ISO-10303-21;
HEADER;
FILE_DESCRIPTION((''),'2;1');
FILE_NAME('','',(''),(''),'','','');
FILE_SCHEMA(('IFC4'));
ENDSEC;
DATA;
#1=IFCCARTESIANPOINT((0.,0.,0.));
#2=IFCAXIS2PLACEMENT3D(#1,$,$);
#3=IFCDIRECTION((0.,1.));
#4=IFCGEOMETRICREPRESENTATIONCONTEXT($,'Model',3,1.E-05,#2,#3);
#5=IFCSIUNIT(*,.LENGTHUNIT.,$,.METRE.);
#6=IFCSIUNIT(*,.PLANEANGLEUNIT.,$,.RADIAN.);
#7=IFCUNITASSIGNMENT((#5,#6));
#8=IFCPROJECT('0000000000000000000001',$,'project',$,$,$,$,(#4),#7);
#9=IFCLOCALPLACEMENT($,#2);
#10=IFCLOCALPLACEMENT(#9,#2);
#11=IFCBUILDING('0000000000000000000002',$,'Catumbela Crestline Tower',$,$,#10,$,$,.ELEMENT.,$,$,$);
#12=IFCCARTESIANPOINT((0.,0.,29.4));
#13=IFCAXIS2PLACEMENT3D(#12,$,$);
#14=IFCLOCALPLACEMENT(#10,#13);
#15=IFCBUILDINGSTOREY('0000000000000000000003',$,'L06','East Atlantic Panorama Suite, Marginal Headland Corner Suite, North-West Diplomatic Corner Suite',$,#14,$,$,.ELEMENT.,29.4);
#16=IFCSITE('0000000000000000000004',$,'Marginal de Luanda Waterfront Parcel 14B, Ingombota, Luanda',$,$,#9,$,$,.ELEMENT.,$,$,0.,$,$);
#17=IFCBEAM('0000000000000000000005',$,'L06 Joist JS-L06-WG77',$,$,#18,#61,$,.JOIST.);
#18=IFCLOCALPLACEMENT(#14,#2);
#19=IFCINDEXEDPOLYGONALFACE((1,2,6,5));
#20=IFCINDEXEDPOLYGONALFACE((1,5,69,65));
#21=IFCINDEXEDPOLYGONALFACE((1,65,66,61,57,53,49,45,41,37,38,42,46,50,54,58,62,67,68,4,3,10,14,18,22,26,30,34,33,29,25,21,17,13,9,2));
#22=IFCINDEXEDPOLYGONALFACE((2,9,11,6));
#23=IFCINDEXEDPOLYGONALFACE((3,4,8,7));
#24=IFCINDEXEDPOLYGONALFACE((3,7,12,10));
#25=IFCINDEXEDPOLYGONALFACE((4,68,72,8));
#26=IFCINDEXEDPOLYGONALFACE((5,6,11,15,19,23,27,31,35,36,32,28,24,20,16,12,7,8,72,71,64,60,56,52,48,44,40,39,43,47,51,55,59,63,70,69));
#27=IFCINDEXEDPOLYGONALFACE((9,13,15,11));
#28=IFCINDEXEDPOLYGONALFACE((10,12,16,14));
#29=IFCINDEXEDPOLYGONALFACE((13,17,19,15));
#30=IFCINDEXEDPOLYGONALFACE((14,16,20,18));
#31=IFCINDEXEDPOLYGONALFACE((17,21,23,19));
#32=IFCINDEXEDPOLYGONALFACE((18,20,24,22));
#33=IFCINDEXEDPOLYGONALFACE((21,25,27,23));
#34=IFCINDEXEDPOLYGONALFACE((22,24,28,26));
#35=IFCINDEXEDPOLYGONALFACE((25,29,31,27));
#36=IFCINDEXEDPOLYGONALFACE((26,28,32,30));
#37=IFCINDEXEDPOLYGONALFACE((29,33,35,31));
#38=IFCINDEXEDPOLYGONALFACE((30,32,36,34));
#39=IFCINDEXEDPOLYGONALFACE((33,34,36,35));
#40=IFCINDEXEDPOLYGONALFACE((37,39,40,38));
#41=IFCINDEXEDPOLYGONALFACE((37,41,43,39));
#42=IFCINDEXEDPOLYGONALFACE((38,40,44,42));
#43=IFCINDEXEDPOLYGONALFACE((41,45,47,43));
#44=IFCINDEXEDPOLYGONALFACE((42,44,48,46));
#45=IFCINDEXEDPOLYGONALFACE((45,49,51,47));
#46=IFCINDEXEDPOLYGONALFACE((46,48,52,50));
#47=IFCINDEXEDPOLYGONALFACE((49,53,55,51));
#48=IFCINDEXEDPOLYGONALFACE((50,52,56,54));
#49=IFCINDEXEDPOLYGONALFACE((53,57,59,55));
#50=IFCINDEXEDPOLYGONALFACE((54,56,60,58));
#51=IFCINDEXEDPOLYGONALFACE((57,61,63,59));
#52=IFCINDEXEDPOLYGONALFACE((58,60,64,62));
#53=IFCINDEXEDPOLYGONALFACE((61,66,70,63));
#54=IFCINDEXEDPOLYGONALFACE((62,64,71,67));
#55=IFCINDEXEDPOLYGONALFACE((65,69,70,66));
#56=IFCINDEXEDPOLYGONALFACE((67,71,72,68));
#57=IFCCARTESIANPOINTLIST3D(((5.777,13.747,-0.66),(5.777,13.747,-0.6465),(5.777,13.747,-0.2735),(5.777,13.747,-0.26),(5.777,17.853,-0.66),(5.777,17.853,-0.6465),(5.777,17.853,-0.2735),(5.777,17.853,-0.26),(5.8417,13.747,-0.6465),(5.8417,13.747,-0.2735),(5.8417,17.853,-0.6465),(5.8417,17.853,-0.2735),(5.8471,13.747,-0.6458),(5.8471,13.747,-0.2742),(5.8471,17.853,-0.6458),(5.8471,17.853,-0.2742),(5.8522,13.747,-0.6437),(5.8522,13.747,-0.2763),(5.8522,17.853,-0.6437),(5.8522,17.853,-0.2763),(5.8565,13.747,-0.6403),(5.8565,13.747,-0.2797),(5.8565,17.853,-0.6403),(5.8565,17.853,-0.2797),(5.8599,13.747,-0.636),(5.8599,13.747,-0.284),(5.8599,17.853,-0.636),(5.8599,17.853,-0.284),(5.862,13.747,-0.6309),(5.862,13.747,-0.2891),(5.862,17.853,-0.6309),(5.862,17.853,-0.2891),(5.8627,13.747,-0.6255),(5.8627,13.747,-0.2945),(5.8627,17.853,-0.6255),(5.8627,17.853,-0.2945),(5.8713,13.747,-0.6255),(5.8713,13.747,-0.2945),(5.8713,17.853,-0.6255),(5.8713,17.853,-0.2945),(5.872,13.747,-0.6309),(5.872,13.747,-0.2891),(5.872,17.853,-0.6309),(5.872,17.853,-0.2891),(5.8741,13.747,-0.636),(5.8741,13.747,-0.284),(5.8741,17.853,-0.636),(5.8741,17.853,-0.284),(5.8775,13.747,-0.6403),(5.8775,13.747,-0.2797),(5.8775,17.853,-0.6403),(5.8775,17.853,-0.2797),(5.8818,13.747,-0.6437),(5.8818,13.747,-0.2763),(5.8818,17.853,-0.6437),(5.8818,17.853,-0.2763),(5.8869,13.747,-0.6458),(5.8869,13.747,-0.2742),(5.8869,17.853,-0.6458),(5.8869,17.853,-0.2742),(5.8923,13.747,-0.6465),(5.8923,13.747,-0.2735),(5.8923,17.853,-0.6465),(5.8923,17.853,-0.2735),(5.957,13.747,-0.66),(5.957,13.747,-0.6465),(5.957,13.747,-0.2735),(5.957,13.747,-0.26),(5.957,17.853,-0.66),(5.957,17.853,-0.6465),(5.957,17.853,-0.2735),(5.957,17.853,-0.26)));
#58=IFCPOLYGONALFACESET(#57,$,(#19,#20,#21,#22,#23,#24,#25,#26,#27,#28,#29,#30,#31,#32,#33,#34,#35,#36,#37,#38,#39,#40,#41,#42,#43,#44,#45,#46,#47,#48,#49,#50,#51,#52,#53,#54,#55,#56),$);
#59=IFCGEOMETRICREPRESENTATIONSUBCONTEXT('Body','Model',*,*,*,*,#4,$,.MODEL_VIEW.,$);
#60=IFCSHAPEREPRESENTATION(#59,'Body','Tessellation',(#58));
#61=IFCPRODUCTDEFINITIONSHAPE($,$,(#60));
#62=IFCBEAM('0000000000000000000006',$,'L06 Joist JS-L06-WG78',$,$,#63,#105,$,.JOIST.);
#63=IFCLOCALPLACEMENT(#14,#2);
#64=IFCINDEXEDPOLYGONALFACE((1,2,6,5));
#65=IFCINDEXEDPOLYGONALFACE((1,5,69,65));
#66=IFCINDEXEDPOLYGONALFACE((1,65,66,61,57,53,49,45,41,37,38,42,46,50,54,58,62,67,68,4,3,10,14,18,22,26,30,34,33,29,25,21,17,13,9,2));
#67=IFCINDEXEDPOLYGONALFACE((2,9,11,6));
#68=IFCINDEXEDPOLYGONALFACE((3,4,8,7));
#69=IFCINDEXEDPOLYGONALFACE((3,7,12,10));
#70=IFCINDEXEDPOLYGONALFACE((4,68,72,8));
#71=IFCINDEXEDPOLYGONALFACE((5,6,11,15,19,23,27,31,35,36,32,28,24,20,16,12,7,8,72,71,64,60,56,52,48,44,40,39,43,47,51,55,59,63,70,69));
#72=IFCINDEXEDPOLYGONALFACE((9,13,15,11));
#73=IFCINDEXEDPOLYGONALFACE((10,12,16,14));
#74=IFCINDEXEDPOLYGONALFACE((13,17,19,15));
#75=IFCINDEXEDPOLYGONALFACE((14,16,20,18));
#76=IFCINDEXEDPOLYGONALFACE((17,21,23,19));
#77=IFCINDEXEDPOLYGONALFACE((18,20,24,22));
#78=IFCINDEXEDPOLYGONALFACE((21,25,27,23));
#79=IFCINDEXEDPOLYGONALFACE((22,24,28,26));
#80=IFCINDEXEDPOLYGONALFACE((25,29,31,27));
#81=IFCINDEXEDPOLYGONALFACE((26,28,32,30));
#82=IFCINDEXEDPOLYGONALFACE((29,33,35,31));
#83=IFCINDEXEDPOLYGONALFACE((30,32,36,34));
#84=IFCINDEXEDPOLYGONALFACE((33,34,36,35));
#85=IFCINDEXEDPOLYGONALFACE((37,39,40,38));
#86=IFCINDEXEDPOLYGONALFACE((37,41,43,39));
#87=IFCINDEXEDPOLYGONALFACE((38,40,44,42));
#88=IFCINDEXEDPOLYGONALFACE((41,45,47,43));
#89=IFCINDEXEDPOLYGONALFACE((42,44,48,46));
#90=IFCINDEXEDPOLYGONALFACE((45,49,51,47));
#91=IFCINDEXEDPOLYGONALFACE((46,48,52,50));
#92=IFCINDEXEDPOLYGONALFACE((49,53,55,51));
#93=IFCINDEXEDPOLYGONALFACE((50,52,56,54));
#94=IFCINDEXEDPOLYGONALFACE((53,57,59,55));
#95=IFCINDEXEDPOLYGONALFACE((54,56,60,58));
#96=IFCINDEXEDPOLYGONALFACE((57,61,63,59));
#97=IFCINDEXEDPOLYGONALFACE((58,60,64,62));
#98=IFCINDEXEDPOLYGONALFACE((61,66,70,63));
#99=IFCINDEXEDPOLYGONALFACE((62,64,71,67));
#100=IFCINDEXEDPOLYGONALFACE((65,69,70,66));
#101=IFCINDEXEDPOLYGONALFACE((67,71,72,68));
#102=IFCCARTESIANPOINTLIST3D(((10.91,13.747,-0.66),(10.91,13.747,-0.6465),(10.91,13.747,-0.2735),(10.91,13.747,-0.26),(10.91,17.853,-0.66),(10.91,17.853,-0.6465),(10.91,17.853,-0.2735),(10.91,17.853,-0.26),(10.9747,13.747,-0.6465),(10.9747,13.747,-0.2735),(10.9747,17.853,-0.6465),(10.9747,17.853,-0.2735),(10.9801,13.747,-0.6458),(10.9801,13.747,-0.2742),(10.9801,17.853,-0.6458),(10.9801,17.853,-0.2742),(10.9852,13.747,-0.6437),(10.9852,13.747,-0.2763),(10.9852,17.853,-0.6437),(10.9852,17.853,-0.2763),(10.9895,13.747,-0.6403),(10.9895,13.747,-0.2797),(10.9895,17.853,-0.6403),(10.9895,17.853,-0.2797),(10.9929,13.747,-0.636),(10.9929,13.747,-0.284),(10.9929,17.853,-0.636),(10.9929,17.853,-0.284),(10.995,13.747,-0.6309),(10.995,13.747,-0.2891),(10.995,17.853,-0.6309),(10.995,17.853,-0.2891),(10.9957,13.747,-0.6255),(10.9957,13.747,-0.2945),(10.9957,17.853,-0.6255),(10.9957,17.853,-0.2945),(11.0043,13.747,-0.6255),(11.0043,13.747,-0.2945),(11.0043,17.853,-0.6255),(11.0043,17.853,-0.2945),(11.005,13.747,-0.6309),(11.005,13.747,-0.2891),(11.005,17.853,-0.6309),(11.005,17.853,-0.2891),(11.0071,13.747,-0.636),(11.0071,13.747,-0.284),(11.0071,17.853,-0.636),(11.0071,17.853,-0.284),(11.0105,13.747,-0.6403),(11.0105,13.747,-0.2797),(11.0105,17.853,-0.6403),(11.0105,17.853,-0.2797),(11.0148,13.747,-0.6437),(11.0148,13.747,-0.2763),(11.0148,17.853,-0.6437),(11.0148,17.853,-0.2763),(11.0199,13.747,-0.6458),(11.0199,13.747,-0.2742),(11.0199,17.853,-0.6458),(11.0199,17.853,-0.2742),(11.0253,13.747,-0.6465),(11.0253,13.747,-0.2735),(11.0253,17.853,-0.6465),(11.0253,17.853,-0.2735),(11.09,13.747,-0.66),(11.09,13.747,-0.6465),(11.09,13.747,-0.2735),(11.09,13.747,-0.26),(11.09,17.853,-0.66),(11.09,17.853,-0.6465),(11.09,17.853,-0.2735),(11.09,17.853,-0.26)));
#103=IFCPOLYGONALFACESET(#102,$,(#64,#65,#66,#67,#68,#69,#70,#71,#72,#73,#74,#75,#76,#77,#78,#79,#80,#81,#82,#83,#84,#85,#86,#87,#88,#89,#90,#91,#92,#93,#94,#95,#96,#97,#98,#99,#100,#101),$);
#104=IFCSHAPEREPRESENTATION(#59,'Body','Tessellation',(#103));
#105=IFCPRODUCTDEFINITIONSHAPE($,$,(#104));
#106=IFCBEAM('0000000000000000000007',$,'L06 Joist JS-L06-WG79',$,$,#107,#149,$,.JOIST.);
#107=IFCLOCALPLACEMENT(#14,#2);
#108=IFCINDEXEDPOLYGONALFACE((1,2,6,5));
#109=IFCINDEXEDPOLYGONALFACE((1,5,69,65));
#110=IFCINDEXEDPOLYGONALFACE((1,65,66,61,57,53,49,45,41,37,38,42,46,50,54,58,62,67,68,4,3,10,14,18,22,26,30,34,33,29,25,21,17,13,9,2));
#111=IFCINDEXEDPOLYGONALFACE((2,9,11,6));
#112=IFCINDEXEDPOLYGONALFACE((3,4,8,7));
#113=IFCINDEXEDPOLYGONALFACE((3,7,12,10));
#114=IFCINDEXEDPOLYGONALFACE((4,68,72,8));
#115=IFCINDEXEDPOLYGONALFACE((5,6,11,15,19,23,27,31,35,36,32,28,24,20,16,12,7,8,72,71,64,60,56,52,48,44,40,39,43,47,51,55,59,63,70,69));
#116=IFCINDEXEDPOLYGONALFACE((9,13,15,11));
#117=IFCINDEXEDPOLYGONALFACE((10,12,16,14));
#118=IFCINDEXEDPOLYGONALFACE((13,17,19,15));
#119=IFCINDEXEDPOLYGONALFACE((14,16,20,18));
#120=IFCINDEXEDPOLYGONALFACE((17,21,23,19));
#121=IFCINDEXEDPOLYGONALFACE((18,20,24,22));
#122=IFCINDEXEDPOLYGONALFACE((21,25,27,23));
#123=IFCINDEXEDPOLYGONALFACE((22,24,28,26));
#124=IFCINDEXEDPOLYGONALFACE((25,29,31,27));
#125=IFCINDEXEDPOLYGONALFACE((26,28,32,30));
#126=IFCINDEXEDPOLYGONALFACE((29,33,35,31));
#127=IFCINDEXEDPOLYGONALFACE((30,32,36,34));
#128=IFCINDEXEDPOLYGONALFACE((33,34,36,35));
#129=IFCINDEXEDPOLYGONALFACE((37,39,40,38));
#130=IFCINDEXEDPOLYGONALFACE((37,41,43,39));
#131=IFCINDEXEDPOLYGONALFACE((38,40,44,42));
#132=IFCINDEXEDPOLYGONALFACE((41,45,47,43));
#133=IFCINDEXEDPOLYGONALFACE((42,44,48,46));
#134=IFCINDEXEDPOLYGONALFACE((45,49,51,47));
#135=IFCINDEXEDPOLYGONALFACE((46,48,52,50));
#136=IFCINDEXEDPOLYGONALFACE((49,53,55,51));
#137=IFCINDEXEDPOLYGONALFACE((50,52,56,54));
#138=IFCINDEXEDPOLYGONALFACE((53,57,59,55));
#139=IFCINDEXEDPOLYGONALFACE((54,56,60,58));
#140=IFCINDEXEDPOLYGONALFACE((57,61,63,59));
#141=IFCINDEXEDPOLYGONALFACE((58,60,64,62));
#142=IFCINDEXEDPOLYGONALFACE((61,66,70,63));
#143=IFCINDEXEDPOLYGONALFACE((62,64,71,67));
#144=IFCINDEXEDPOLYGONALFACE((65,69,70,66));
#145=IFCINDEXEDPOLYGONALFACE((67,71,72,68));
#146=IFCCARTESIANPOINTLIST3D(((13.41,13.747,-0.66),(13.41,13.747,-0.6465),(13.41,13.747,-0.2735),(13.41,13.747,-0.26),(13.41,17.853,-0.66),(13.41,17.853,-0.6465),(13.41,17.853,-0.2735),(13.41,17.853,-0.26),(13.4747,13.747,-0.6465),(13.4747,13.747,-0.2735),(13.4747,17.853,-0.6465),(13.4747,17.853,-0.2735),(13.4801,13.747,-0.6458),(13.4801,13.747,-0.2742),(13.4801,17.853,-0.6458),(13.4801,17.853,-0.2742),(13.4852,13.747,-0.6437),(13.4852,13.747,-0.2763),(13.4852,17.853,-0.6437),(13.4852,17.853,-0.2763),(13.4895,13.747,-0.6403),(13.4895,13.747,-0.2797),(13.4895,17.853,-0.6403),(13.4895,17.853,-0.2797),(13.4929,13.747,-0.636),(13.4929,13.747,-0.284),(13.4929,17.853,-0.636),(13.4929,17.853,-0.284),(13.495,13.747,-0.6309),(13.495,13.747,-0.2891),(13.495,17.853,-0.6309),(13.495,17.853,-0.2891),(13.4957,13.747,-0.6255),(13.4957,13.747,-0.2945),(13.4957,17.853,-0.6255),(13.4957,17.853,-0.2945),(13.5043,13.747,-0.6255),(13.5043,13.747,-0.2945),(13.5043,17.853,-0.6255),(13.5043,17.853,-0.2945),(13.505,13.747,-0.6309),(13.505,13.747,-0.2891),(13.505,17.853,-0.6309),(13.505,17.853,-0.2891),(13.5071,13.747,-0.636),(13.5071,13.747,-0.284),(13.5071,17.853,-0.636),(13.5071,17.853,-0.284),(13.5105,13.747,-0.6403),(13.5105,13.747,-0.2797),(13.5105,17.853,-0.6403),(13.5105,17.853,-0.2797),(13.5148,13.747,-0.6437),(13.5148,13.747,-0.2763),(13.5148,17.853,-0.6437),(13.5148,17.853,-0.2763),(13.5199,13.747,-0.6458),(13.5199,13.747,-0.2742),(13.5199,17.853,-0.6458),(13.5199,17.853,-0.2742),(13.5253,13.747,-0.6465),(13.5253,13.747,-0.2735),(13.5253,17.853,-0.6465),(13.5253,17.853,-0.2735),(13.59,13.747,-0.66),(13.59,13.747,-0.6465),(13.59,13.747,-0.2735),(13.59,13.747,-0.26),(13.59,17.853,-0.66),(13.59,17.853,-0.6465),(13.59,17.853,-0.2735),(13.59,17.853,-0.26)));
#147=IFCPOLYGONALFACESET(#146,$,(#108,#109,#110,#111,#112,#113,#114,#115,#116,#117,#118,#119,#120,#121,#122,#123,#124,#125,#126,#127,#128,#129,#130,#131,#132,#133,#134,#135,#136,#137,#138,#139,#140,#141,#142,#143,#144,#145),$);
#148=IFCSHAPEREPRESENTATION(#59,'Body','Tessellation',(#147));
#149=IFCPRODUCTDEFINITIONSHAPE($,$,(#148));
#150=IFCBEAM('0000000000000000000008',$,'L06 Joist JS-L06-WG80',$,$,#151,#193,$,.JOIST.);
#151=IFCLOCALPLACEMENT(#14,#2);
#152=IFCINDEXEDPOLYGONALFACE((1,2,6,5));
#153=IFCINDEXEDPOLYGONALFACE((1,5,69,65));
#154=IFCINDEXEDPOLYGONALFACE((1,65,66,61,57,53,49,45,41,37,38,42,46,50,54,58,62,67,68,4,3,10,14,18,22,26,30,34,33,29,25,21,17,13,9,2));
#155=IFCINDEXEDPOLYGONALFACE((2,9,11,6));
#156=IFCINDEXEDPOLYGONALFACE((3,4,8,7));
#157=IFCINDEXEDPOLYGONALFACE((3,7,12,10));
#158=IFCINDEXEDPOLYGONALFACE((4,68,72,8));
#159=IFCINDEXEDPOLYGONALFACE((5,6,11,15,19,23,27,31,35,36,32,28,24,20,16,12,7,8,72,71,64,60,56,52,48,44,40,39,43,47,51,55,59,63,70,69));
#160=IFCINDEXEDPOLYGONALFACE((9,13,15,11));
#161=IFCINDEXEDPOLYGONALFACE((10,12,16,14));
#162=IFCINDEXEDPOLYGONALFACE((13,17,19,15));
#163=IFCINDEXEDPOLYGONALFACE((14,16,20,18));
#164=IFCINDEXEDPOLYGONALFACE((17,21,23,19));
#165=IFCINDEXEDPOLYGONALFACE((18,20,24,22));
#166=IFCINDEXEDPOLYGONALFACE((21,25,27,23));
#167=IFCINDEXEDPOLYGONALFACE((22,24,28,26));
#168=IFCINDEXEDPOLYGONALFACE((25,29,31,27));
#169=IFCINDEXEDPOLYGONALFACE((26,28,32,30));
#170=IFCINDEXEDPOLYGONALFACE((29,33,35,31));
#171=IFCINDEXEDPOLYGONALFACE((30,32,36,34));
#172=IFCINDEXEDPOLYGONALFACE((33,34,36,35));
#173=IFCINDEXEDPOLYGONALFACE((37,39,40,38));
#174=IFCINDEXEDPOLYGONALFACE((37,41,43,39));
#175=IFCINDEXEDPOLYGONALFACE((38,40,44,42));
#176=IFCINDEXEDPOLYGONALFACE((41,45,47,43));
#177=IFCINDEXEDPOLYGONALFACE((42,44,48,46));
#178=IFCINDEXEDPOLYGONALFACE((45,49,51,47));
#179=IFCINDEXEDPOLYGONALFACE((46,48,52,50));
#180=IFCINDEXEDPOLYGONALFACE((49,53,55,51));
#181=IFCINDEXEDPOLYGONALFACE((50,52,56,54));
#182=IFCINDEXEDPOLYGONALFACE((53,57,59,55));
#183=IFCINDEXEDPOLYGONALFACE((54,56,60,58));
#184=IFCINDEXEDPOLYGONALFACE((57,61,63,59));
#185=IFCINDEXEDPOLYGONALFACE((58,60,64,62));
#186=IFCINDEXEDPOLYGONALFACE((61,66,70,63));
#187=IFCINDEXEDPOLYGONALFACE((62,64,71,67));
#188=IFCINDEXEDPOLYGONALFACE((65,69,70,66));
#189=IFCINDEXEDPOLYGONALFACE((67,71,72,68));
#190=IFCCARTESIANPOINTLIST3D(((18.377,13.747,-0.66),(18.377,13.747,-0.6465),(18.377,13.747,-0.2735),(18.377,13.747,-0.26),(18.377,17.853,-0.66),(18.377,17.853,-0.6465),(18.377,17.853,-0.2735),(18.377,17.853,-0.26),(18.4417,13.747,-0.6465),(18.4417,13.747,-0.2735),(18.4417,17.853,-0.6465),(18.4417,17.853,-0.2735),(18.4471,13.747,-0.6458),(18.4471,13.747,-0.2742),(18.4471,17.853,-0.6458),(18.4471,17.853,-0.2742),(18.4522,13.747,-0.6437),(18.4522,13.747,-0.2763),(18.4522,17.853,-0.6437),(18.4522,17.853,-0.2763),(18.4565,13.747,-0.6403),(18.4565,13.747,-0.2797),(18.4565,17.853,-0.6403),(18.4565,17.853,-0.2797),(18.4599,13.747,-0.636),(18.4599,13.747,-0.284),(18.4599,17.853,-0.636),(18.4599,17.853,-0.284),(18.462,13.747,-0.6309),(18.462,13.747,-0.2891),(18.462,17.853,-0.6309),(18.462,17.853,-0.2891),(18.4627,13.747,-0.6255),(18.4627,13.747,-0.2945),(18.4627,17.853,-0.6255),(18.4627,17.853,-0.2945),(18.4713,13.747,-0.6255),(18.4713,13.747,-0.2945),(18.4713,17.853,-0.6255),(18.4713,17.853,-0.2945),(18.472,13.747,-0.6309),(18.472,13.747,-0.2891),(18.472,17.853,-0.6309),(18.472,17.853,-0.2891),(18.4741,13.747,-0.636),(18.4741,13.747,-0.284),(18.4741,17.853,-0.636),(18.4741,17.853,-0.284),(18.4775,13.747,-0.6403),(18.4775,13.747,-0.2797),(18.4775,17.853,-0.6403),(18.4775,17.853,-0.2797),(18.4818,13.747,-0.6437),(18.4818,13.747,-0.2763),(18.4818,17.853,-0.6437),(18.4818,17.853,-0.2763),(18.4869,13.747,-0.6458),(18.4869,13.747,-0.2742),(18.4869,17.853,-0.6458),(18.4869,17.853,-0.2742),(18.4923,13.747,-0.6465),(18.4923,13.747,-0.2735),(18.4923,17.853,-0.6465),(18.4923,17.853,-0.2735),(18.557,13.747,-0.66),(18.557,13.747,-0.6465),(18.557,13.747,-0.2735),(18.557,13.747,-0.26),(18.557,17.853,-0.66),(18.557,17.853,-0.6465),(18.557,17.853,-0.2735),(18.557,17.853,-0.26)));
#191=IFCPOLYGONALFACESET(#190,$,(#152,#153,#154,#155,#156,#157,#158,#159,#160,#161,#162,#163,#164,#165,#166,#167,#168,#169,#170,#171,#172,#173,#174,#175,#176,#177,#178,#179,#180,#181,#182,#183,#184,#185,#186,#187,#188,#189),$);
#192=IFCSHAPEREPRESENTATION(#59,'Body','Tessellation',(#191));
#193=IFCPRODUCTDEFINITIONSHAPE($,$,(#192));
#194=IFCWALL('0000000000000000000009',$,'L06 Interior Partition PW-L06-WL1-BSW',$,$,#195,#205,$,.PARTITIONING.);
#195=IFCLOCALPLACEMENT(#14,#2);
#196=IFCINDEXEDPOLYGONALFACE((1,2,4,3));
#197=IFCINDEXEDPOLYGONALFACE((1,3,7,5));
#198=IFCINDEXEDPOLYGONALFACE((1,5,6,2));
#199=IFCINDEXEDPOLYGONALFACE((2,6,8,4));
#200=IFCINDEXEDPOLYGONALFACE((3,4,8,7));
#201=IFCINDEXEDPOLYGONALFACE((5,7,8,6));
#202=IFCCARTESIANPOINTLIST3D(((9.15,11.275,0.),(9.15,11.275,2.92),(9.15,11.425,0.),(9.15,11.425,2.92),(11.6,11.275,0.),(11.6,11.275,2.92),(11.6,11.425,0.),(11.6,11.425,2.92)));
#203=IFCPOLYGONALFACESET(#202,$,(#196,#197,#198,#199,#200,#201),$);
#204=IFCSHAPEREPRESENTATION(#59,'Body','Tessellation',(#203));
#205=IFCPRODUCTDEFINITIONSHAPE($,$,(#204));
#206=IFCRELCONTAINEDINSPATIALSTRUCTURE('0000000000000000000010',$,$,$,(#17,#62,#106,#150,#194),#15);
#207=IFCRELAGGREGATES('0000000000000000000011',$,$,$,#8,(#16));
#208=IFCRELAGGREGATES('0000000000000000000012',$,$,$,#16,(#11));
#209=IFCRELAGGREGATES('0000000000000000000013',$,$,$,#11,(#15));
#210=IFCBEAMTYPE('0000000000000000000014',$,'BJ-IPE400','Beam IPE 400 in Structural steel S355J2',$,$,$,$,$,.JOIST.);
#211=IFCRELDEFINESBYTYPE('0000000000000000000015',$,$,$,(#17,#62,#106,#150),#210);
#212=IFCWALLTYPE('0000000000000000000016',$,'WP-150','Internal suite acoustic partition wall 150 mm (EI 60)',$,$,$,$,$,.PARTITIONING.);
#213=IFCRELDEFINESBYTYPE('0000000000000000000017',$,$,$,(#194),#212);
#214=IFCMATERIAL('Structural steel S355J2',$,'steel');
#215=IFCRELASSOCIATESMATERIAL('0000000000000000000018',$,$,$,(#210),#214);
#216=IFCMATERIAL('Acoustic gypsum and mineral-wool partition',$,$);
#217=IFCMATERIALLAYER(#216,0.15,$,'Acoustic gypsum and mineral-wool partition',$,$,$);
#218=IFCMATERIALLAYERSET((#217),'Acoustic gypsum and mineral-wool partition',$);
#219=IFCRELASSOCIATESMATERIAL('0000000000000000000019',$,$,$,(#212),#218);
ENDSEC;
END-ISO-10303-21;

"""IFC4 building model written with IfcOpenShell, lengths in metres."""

from ifc_helpers import new_model, si_unit, direction, frame, frame_2d, origin, origin_2d, place, context, subcontext, project, spatial, rectangle, i_section, extrude, material, layer, layer_set, material_profile, profile_set, type_object, element, save


model = new_model("IFC4")

# Units and contexts
model_context = context("Model", 3, precision=1e-05, world=origin(), true_north=direction((0.0, 1.0)))
body_context = subcontext(model_context, "Body", "Model", "MODEL_VIEW")
ifc_project = project(units=[si_unit("LENGTHUNIT", "METRE"), si_unit("PLANEANGLEUNIT", "RADIAN")], contexts=[model_context])

# Site, building, storey
site_placement = place(None, origin())
site = spatial("IfcSite", under=ifc_project, at=site_placement, Name="Marginal de Luanda Waterfront Parcel 14B, Ingombota, Luanda", CompositionType="ELEMENT", RefElevation=0.0)
building_placement = place(site_placement, origin())
building = spatial("IfcBuilding", under=site, at=building_placement, Name="Catumbela Crestline Tower", CompositionType="ELEMENT")
storey_placement = place(building_placement, frame((0.0, 0.0, 29.4)))
storey = spatial("IfcBuildingStorey", under=building, at=storey_placement, Name="L06", Description="East Atlantic Panorama Suite, Marginal Headland Corner Suite, North-West Diplomatic Corner Suite", CompositionType="ELEMENT", Elevation=29.4)

# Beams
ifc_material_1 = material(Name="Structural steel S355J2", Category="steel")
ifc_material_profile_1 = material_profile(ifc_material_1, i_section(OverallWidth=0.18, OverallDepth=0.4, WebThickness=0.0086, FlangeThickness=0.0135, FilletRadius=0.021, at=origin_2d()), Name="IPE 400")
ifc_profile_set_1 = profile_set([ifc_material_profile_1], Name="Structural steel S355J2")
beam_type_1 = type_object("IfcBeamType", Name="BJ-IPE400", Description="Beam IPE 400 in Structural steel S355J2", PredefinedType="JOIST", material=ifc_profile_set_1)
for number, where, z_axis, x_axis, name in (
    (1, (5.867, 13.747, -0.46), (0.0, 1.0, 0.0), (-1.0, 0.0, 0.0), "L06 Joist JS-L06-WG77"),
    (2, (11.0, 13.747, -0.46), (0.0, 1.0, 0.0), (-1.0, 0.0, 0.0), "L06 Joist JS-L06-WG78"),
    (3, (13.5, 13.747, -0.46), (0.0, 1.0, 0.0), (-1.0, 0.0, 0.0), "L06 Joist JS-L06-WG79"),
    (4, (18.467, 13.747, -0.46), (0.0, 1.0, 0.0), (-1.0, 0.0, 0.0), "L06 Joist JS-L06-WG80"),
):
    element("IfcBeam", number, at=place(storey_placement, frame(where, z_axis=z_axis, x_axis=x_axis)), inside=storey, type_object=beam_type_1, Name=name, PredefinedType="JOIST", context=body_context, shape_type="SweptSolid", body=[
        extrude(i_section(OverallWidth=0.18, OverallDepth=0.4, WebThickness=0.0086, FlangeThickness=0.0135, FilletRadius=0.021, at=origin_2d()), origin(), (0.0, 0.0, 1.0), 4.106),
    ])

# Wall
ifc_material_2 = material(Name="Acoustic gypsum and mineral-wool partition")
ifc_layer = layer(ifc_material_2, 0.15, Name="Acoustic gypsum and mineral-wool partition")
ifc_layer_set = layer_set([ifc_layer], Name="Acoustic gypsum and mineral-wool partition")
wall_type = type_object("IfcWallType", Name="WP-150", Description="Internal suite acoustic partition wall 150 mm (EI 60)", PredefinedType="PARTITIONING", material=ifc_layer_set)
wall_1_placement = place(storey_placement, frame((9.15, 11.35, 0.0), z_axis=(0.0, 0.0, 1.0), x_axis=(1.0, 0.0, 0.0)))
element("IfcWall", 5, at=wall_1_placement, inside=storey, type_object=wall_type, Name="L06 Interior Partition PW-L06-WL1-BSW", PredefinedType="PARTITIONING", context=body_context, shape_type="SweptSolid", body=[
    extrude(rectangle(XDim=2.45, YDim=0.15, at=frame_2d((1.225, 0.0))), origin(), (0.0, 0.0, 1.0), 2.92),
])

save(model, "model.ifc")
